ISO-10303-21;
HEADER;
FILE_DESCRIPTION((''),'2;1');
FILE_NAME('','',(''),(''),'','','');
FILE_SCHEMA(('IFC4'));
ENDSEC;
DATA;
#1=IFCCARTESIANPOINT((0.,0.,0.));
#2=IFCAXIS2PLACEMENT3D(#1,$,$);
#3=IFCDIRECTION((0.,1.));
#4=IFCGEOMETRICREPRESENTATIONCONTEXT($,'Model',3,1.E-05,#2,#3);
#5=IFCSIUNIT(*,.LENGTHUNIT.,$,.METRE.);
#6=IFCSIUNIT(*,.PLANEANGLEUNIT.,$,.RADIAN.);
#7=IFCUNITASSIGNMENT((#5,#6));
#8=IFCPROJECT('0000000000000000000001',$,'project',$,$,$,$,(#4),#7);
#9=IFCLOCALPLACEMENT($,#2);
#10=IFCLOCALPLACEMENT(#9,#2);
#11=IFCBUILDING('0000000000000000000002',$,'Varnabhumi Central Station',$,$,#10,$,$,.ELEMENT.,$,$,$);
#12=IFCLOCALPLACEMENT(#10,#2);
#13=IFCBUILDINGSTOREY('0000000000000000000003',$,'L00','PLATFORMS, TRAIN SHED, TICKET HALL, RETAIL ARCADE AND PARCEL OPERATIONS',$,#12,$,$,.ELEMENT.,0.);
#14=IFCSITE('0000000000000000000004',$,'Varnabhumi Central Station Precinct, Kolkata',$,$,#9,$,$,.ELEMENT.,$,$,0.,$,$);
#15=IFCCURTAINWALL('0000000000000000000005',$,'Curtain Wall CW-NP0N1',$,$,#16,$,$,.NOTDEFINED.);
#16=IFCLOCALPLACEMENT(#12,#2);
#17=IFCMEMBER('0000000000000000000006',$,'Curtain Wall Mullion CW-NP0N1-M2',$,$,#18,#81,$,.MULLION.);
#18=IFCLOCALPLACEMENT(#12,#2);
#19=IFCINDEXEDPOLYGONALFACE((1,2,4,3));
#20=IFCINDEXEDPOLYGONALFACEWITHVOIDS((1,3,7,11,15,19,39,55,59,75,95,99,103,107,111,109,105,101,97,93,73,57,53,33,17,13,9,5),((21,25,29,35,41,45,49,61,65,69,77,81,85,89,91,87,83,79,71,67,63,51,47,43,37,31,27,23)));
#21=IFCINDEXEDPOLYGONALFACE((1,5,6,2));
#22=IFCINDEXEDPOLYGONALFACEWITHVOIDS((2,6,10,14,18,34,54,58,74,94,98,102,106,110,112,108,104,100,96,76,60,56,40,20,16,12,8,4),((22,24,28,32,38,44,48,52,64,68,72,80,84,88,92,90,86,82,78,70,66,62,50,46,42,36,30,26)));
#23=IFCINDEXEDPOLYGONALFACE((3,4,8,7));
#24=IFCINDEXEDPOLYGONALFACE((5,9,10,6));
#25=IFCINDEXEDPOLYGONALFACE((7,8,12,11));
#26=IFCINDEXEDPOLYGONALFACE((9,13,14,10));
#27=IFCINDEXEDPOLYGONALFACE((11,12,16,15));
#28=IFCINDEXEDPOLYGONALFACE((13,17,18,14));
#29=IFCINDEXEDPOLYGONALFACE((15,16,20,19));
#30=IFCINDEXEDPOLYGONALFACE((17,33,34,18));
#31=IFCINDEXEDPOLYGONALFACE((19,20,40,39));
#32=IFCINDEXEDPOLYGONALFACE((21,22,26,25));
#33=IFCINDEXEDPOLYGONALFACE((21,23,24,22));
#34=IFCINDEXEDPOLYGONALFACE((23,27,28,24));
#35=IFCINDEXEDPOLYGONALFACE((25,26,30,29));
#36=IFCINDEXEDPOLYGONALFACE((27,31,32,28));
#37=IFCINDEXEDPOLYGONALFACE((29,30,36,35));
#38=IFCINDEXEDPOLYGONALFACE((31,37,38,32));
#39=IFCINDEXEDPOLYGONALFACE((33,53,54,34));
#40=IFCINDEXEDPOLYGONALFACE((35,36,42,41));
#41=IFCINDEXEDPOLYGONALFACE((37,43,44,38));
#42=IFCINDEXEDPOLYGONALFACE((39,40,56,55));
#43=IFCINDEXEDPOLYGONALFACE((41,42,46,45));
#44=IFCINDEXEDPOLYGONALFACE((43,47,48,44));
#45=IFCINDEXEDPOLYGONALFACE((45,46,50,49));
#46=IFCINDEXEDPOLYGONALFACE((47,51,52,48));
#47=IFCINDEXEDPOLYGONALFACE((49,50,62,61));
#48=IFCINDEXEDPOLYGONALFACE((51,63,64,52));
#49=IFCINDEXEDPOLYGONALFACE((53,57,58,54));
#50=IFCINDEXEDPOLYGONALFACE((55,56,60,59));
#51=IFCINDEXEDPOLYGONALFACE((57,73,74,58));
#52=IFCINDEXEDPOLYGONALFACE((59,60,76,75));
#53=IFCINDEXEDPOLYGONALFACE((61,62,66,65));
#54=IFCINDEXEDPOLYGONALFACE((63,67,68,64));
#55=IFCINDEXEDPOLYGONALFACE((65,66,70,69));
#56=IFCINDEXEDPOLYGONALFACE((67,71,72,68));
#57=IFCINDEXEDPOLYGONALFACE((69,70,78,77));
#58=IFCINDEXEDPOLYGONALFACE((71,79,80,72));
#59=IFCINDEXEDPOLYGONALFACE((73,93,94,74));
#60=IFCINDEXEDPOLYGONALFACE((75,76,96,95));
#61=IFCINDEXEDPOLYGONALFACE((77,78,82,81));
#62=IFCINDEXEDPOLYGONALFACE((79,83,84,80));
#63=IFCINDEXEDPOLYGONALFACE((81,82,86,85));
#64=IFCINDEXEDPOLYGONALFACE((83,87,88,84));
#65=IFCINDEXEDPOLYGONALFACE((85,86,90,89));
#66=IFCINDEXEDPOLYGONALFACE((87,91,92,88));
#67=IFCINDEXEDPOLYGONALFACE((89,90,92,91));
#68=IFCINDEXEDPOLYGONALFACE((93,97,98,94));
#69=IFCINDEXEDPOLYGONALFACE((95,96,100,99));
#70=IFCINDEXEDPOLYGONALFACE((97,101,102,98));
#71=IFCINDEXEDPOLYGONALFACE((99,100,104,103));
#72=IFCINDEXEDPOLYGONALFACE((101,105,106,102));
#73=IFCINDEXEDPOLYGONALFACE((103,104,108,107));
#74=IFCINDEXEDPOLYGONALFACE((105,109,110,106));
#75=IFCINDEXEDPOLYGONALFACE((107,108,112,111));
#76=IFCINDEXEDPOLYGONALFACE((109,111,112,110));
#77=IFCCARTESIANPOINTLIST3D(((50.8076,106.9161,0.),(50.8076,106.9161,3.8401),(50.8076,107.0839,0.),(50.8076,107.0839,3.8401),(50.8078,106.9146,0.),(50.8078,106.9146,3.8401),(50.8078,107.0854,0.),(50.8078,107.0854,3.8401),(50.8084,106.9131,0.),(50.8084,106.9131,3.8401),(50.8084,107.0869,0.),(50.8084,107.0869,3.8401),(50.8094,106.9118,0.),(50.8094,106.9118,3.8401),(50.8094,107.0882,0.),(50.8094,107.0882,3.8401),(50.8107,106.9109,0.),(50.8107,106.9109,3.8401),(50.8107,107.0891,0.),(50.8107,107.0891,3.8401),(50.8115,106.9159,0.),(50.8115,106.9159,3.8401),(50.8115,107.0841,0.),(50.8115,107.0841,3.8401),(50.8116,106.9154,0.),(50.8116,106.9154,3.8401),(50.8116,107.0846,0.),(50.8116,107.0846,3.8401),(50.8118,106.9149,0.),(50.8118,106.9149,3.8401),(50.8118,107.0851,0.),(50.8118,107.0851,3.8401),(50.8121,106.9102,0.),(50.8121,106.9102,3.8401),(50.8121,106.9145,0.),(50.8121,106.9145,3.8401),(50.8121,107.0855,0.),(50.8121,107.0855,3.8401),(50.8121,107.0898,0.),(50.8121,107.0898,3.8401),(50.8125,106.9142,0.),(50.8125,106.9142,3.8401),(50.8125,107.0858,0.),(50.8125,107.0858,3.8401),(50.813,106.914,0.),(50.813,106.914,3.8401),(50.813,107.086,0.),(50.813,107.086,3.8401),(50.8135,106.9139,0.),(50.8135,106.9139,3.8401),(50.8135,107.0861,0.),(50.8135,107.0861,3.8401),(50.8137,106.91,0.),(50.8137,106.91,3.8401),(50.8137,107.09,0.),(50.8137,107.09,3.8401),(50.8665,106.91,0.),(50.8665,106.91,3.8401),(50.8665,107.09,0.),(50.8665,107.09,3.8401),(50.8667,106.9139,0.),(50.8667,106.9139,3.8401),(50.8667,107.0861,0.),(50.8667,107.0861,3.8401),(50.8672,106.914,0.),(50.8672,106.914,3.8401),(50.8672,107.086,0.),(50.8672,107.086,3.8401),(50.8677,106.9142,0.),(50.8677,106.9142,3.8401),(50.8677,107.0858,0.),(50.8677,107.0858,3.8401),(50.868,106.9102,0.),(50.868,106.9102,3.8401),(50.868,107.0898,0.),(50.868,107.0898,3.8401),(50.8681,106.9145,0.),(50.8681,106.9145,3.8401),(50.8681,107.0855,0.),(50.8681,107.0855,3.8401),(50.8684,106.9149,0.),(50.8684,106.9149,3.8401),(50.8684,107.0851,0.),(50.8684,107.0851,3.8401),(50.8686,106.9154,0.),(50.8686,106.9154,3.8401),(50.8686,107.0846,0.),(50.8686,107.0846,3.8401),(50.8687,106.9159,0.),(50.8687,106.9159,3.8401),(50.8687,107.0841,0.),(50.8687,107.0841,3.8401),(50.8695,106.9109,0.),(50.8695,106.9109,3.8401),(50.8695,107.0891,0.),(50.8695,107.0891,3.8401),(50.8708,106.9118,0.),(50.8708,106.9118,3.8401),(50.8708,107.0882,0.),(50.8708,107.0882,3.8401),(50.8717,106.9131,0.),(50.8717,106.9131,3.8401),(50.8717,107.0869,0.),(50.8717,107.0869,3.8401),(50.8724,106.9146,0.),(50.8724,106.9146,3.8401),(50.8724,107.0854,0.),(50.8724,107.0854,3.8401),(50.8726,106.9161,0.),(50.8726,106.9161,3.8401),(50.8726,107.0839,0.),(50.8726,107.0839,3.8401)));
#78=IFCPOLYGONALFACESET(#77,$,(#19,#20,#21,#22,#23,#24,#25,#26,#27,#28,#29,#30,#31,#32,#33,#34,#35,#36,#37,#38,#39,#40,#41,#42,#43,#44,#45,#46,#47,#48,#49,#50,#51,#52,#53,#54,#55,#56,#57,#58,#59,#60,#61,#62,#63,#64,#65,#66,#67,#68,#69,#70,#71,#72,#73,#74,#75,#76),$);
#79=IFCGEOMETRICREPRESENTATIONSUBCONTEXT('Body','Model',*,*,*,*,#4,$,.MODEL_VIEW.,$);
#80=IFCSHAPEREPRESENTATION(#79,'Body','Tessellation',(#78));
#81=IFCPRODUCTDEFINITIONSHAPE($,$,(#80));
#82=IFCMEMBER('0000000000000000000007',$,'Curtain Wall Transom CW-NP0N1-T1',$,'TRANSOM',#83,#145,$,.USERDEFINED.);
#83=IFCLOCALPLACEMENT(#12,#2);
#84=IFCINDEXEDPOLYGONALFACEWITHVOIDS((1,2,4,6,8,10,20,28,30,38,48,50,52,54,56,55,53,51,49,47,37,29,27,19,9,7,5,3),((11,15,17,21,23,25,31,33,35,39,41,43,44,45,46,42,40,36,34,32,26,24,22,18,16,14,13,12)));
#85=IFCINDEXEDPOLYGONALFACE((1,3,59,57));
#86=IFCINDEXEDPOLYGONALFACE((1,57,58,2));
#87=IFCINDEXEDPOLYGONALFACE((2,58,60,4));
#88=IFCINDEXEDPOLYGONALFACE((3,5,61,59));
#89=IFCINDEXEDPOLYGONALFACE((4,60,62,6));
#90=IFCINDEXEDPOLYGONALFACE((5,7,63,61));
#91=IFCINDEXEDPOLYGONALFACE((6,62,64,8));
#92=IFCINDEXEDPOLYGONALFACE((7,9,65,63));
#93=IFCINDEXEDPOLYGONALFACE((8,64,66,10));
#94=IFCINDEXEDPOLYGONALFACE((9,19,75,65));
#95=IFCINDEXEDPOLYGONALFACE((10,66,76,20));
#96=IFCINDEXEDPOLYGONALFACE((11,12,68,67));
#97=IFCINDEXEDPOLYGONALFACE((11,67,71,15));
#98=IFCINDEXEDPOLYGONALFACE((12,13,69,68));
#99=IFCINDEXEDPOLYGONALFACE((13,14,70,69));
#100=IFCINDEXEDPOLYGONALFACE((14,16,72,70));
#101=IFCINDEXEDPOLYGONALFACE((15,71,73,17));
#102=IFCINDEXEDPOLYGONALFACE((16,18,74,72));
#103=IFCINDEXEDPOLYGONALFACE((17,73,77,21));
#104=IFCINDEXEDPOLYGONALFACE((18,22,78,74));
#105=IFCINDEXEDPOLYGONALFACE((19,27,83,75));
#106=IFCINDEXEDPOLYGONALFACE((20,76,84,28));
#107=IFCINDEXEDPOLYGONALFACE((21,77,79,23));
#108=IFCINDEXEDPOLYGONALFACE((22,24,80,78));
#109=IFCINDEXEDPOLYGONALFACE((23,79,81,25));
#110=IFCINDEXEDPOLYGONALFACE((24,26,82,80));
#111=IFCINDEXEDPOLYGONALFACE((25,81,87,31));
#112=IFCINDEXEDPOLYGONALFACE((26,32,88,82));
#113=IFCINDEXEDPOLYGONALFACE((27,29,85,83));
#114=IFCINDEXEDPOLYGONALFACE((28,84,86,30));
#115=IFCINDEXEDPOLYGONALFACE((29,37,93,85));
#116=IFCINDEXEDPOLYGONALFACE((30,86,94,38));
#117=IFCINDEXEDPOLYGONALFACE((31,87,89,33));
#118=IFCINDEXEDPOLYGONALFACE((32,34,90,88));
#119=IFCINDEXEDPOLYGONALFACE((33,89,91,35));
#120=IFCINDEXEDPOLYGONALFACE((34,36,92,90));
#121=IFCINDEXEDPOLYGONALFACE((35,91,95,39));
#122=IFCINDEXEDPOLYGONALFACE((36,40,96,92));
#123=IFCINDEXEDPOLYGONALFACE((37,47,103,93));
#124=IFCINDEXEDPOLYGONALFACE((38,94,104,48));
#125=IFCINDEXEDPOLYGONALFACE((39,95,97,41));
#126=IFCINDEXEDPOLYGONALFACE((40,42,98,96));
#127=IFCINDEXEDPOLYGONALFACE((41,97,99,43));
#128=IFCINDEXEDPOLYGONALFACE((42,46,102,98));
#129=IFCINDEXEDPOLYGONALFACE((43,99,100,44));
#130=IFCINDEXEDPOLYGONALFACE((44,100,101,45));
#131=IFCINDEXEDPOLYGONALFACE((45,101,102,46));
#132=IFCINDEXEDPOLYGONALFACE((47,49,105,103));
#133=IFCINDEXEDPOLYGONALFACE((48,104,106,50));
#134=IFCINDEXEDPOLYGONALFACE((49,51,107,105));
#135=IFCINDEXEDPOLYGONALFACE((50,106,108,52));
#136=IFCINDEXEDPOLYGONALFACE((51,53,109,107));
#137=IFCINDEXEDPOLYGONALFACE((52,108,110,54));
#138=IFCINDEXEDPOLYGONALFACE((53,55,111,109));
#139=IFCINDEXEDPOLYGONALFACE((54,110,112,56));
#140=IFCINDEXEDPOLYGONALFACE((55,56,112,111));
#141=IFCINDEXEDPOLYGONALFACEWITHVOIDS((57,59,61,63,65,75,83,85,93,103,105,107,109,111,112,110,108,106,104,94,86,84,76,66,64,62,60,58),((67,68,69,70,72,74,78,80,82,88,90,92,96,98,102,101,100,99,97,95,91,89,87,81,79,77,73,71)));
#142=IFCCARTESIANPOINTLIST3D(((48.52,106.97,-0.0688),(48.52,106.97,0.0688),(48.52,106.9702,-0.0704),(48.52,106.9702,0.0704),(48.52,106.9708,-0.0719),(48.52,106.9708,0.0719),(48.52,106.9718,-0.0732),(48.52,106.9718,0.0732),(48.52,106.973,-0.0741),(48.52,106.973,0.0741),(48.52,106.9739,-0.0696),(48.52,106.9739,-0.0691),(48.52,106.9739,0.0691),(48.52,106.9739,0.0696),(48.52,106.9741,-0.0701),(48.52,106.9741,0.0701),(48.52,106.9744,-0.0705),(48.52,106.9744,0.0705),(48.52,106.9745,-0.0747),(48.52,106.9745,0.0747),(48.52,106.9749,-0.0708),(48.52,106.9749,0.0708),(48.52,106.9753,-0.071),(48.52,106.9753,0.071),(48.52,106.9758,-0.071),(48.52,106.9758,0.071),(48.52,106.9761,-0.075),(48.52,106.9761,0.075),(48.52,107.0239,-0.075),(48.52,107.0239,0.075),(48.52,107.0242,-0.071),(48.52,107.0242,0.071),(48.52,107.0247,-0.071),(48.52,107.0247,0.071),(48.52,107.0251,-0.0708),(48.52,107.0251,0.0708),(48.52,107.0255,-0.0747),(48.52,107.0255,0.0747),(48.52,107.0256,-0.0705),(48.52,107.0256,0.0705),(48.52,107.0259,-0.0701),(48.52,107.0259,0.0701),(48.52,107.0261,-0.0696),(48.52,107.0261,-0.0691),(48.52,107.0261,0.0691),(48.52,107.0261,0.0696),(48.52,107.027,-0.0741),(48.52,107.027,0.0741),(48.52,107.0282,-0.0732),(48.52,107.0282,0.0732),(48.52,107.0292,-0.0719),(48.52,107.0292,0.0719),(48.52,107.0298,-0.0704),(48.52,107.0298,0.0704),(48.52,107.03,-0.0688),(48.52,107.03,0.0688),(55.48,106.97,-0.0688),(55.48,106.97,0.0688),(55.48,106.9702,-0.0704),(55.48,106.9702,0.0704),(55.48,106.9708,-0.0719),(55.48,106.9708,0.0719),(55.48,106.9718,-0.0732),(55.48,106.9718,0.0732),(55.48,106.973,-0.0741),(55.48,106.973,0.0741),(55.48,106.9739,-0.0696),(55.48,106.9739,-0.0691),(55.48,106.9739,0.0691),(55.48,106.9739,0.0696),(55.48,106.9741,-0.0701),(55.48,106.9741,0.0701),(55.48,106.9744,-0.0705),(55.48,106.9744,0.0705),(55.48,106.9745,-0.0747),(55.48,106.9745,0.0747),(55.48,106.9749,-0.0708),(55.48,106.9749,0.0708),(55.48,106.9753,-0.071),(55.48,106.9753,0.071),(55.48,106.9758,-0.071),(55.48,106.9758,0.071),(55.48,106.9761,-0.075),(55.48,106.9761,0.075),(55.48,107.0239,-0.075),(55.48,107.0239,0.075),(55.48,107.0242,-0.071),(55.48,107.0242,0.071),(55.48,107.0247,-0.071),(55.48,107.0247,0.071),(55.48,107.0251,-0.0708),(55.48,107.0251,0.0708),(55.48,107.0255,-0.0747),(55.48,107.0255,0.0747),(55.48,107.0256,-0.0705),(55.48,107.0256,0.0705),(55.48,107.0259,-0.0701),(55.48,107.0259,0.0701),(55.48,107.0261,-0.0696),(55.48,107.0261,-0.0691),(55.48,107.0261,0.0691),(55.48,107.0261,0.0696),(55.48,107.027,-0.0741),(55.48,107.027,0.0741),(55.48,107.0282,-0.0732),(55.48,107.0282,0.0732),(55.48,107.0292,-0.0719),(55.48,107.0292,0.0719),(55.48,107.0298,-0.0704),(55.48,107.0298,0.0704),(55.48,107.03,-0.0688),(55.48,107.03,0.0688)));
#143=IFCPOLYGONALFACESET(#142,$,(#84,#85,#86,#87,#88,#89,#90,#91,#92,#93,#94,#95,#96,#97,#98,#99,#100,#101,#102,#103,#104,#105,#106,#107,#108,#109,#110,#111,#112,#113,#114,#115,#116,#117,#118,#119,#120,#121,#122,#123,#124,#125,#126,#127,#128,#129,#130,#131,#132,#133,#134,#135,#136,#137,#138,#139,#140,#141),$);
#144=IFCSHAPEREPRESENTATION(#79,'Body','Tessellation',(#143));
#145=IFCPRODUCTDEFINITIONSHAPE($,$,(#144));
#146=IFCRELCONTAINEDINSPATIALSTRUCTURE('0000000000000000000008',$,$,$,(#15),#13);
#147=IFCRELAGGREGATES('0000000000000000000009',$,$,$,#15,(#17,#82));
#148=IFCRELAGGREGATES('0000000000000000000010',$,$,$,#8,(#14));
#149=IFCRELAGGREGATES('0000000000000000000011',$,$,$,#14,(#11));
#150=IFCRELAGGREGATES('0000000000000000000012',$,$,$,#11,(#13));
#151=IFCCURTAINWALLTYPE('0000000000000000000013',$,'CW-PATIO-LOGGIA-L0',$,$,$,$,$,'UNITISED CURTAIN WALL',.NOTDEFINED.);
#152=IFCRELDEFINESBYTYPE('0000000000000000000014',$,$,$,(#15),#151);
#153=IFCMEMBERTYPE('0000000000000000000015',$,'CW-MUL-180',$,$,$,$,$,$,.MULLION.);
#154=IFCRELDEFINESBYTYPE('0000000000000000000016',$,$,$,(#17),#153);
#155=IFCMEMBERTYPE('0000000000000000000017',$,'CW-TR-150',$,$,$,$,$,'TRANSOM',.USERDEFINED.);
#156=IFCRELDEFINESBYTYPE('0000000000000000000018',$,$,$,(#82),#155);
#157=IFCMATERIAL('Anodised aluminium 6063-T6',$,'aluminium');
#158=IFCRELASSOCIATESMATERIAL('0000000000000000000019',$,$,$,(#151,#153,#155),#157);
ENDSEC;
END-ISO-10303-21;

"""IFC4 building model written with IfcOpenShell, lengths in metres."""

from ifc_helpers import new_model, si_unit, direction, frame, origin, origin_2d, place, context, subcontext, project, spatial, hollow_rectangle, extrude, material, material_profile, profile_set, type_object, element, aggregate, save


model = new_model("IFC4")

# Units and contexts
model_context = context("Model", 3, precision=1e-05, world=origin(), true_north=direction((0.0, 1.0)))
body_context = subcontext(model_context, "Body", "Model", "MODEL_VIEW")
ifc_project = project(units=[si_unit("LENGTHUNIT", "METRE"), si_unit("PLANEANGLEUNIT", "RADIAN")], contexts=[model_context])

# Site, building, storey
site_placement = place(None, origin())
site = spatial("IfcSite", under=ifc_project, at=site_placement, Name="Varnabhumi Central Station Precinct, Kolkata", CompositionType="ELEMENT", RefElevation=0.0)
building_placement = place(site_placement, origin())
building = spatial("IfcBuilding", under=site, at=building_placement, Name="Varnabhumi Central Station", CompositionType="ELEMENT")
storey_placement = place(building_placement, origin())
storey = spatial("IfcBuildingStorey", under=building, at=storey_placement, Name="L00", Description="PLATFORMS, TRAIN SHED, TICKET HALL, RETAIL ARCADE AND PARCEL OPERATIONS", CompositionType="ELEMENT", Elevation=0.0)

# Shared definitions
ifc_material_1 = material(Name="Anodised aluminium 6063-T6", Category="aluminium")
curtain_wall_type = type_object("IfcCurtainWallType", Name="CW-PATIO-LOGGIA-L0", ElementType="UNITISED CURTAIN WALL", PredefinedType="NOTDEFINED", material=ifc_material_1)
ifc_material_profile_1 = material_profile(ifc_material_1, hollow_rectangle(XDim=0.0649, YDim=0.1799, WallThickness=0.0039, InnerFilletRadius=0.002, OuterFilletRadius=0.0061, at=origin_2d()), Name="Anodised aluminium 6063-T6", Category="aluminium")
ifc_profile_set_1 = profile_set([ifc_material_profile_1], Name="Anodised aluminium 6063-T6")
member_type_1 = type_object("IfcMemberType", Name="CW-MUL-180", PredefinedType="MULLION", material=ifc_profile_set_1)

# Curtain wall, members
curtain_wall_1_placement = place(storey_placement, origin())
curtain_wall_1 = element("IfcCurtainWall", 1, at=curtain_wall_1_placement, inside=storey, type_object=curtain_wall_type, Name="Curtain Wall CW-NP0N1", PredefinedType="NOTDEFINED")
member_1_placement = place(storey_placement, frame((50.8401, 107.0, 0.0), z_axis=(0.0, 0.0, 1.0), x_axis=(1.0, 0.0, 0.0)))
member_1 = element("IfcMember", 2, at=member_1_placement, type_object=member_type_1, Name="Curtain Wall Mullion CW-NP0N1-M2", PredefinedType="MULLION", context=body_context, shape_type="SweptSolid", body=[
    extrude(hollow_rectangle(XDim=0.0649, YDim=0.1799, WallThickness=0.0039, InnerFilletRadius=0.002, OuterFilletRadius=0.0061, at=origin_2d()), origin(), (0.0, 0.0, 1.0), 3.8401),
])
ifc_material_profile_2 = material_profile(ifc_material_1, hollow_rectangle(XDim=0.0601, YDim=0.1499, WallThickness=0.0039, InnerFilletRadius=0.002, OuterFilletRadius=0.0061, at=origin_2d()), Name="Anodised aluminium 6063-T6", Category="aluminium")
ifc_profile_set_2 = profile_set([ifc_material_profile_2], Name="Anodised aluminium 6063-T6")
member_type_2 = type_object("IfcMemberType", Name="CW-TR-150", ElementType="TRANSOM", PredefinedType="USERDEFINED", material=ifc_profile_set_2)
member_2_placement = place(storey_placement, frame((48.52, 107.0, 0.0), z_axis=(1.0, 0.0, 0.0), x_axis=(0.0, 1.0, 0.0)))
member_2 = element("IfcMember", 3, at=member_2_placement, type_object=member_type_2, Name="Curtain Wall Transom CW-NP0N1-T1", ObjectType="TRANSOM", PredefinedType="USERDEFINED", context=body_context, shape_type="SweptSolid", body=[
    extrude(hollow_rectangle(XDim=0.0601, YDim=0.1499, WallThickness=0.0039, InnerFilletRadius=0.002, OuterFilletRadius=0.0061, at=origin_2d()), origin(), (0.0, 0.0, 1.0), 6.96),
])
aggregate(curtain_wall_1, [member_1, member_2])

save(model, "model.ifc")
